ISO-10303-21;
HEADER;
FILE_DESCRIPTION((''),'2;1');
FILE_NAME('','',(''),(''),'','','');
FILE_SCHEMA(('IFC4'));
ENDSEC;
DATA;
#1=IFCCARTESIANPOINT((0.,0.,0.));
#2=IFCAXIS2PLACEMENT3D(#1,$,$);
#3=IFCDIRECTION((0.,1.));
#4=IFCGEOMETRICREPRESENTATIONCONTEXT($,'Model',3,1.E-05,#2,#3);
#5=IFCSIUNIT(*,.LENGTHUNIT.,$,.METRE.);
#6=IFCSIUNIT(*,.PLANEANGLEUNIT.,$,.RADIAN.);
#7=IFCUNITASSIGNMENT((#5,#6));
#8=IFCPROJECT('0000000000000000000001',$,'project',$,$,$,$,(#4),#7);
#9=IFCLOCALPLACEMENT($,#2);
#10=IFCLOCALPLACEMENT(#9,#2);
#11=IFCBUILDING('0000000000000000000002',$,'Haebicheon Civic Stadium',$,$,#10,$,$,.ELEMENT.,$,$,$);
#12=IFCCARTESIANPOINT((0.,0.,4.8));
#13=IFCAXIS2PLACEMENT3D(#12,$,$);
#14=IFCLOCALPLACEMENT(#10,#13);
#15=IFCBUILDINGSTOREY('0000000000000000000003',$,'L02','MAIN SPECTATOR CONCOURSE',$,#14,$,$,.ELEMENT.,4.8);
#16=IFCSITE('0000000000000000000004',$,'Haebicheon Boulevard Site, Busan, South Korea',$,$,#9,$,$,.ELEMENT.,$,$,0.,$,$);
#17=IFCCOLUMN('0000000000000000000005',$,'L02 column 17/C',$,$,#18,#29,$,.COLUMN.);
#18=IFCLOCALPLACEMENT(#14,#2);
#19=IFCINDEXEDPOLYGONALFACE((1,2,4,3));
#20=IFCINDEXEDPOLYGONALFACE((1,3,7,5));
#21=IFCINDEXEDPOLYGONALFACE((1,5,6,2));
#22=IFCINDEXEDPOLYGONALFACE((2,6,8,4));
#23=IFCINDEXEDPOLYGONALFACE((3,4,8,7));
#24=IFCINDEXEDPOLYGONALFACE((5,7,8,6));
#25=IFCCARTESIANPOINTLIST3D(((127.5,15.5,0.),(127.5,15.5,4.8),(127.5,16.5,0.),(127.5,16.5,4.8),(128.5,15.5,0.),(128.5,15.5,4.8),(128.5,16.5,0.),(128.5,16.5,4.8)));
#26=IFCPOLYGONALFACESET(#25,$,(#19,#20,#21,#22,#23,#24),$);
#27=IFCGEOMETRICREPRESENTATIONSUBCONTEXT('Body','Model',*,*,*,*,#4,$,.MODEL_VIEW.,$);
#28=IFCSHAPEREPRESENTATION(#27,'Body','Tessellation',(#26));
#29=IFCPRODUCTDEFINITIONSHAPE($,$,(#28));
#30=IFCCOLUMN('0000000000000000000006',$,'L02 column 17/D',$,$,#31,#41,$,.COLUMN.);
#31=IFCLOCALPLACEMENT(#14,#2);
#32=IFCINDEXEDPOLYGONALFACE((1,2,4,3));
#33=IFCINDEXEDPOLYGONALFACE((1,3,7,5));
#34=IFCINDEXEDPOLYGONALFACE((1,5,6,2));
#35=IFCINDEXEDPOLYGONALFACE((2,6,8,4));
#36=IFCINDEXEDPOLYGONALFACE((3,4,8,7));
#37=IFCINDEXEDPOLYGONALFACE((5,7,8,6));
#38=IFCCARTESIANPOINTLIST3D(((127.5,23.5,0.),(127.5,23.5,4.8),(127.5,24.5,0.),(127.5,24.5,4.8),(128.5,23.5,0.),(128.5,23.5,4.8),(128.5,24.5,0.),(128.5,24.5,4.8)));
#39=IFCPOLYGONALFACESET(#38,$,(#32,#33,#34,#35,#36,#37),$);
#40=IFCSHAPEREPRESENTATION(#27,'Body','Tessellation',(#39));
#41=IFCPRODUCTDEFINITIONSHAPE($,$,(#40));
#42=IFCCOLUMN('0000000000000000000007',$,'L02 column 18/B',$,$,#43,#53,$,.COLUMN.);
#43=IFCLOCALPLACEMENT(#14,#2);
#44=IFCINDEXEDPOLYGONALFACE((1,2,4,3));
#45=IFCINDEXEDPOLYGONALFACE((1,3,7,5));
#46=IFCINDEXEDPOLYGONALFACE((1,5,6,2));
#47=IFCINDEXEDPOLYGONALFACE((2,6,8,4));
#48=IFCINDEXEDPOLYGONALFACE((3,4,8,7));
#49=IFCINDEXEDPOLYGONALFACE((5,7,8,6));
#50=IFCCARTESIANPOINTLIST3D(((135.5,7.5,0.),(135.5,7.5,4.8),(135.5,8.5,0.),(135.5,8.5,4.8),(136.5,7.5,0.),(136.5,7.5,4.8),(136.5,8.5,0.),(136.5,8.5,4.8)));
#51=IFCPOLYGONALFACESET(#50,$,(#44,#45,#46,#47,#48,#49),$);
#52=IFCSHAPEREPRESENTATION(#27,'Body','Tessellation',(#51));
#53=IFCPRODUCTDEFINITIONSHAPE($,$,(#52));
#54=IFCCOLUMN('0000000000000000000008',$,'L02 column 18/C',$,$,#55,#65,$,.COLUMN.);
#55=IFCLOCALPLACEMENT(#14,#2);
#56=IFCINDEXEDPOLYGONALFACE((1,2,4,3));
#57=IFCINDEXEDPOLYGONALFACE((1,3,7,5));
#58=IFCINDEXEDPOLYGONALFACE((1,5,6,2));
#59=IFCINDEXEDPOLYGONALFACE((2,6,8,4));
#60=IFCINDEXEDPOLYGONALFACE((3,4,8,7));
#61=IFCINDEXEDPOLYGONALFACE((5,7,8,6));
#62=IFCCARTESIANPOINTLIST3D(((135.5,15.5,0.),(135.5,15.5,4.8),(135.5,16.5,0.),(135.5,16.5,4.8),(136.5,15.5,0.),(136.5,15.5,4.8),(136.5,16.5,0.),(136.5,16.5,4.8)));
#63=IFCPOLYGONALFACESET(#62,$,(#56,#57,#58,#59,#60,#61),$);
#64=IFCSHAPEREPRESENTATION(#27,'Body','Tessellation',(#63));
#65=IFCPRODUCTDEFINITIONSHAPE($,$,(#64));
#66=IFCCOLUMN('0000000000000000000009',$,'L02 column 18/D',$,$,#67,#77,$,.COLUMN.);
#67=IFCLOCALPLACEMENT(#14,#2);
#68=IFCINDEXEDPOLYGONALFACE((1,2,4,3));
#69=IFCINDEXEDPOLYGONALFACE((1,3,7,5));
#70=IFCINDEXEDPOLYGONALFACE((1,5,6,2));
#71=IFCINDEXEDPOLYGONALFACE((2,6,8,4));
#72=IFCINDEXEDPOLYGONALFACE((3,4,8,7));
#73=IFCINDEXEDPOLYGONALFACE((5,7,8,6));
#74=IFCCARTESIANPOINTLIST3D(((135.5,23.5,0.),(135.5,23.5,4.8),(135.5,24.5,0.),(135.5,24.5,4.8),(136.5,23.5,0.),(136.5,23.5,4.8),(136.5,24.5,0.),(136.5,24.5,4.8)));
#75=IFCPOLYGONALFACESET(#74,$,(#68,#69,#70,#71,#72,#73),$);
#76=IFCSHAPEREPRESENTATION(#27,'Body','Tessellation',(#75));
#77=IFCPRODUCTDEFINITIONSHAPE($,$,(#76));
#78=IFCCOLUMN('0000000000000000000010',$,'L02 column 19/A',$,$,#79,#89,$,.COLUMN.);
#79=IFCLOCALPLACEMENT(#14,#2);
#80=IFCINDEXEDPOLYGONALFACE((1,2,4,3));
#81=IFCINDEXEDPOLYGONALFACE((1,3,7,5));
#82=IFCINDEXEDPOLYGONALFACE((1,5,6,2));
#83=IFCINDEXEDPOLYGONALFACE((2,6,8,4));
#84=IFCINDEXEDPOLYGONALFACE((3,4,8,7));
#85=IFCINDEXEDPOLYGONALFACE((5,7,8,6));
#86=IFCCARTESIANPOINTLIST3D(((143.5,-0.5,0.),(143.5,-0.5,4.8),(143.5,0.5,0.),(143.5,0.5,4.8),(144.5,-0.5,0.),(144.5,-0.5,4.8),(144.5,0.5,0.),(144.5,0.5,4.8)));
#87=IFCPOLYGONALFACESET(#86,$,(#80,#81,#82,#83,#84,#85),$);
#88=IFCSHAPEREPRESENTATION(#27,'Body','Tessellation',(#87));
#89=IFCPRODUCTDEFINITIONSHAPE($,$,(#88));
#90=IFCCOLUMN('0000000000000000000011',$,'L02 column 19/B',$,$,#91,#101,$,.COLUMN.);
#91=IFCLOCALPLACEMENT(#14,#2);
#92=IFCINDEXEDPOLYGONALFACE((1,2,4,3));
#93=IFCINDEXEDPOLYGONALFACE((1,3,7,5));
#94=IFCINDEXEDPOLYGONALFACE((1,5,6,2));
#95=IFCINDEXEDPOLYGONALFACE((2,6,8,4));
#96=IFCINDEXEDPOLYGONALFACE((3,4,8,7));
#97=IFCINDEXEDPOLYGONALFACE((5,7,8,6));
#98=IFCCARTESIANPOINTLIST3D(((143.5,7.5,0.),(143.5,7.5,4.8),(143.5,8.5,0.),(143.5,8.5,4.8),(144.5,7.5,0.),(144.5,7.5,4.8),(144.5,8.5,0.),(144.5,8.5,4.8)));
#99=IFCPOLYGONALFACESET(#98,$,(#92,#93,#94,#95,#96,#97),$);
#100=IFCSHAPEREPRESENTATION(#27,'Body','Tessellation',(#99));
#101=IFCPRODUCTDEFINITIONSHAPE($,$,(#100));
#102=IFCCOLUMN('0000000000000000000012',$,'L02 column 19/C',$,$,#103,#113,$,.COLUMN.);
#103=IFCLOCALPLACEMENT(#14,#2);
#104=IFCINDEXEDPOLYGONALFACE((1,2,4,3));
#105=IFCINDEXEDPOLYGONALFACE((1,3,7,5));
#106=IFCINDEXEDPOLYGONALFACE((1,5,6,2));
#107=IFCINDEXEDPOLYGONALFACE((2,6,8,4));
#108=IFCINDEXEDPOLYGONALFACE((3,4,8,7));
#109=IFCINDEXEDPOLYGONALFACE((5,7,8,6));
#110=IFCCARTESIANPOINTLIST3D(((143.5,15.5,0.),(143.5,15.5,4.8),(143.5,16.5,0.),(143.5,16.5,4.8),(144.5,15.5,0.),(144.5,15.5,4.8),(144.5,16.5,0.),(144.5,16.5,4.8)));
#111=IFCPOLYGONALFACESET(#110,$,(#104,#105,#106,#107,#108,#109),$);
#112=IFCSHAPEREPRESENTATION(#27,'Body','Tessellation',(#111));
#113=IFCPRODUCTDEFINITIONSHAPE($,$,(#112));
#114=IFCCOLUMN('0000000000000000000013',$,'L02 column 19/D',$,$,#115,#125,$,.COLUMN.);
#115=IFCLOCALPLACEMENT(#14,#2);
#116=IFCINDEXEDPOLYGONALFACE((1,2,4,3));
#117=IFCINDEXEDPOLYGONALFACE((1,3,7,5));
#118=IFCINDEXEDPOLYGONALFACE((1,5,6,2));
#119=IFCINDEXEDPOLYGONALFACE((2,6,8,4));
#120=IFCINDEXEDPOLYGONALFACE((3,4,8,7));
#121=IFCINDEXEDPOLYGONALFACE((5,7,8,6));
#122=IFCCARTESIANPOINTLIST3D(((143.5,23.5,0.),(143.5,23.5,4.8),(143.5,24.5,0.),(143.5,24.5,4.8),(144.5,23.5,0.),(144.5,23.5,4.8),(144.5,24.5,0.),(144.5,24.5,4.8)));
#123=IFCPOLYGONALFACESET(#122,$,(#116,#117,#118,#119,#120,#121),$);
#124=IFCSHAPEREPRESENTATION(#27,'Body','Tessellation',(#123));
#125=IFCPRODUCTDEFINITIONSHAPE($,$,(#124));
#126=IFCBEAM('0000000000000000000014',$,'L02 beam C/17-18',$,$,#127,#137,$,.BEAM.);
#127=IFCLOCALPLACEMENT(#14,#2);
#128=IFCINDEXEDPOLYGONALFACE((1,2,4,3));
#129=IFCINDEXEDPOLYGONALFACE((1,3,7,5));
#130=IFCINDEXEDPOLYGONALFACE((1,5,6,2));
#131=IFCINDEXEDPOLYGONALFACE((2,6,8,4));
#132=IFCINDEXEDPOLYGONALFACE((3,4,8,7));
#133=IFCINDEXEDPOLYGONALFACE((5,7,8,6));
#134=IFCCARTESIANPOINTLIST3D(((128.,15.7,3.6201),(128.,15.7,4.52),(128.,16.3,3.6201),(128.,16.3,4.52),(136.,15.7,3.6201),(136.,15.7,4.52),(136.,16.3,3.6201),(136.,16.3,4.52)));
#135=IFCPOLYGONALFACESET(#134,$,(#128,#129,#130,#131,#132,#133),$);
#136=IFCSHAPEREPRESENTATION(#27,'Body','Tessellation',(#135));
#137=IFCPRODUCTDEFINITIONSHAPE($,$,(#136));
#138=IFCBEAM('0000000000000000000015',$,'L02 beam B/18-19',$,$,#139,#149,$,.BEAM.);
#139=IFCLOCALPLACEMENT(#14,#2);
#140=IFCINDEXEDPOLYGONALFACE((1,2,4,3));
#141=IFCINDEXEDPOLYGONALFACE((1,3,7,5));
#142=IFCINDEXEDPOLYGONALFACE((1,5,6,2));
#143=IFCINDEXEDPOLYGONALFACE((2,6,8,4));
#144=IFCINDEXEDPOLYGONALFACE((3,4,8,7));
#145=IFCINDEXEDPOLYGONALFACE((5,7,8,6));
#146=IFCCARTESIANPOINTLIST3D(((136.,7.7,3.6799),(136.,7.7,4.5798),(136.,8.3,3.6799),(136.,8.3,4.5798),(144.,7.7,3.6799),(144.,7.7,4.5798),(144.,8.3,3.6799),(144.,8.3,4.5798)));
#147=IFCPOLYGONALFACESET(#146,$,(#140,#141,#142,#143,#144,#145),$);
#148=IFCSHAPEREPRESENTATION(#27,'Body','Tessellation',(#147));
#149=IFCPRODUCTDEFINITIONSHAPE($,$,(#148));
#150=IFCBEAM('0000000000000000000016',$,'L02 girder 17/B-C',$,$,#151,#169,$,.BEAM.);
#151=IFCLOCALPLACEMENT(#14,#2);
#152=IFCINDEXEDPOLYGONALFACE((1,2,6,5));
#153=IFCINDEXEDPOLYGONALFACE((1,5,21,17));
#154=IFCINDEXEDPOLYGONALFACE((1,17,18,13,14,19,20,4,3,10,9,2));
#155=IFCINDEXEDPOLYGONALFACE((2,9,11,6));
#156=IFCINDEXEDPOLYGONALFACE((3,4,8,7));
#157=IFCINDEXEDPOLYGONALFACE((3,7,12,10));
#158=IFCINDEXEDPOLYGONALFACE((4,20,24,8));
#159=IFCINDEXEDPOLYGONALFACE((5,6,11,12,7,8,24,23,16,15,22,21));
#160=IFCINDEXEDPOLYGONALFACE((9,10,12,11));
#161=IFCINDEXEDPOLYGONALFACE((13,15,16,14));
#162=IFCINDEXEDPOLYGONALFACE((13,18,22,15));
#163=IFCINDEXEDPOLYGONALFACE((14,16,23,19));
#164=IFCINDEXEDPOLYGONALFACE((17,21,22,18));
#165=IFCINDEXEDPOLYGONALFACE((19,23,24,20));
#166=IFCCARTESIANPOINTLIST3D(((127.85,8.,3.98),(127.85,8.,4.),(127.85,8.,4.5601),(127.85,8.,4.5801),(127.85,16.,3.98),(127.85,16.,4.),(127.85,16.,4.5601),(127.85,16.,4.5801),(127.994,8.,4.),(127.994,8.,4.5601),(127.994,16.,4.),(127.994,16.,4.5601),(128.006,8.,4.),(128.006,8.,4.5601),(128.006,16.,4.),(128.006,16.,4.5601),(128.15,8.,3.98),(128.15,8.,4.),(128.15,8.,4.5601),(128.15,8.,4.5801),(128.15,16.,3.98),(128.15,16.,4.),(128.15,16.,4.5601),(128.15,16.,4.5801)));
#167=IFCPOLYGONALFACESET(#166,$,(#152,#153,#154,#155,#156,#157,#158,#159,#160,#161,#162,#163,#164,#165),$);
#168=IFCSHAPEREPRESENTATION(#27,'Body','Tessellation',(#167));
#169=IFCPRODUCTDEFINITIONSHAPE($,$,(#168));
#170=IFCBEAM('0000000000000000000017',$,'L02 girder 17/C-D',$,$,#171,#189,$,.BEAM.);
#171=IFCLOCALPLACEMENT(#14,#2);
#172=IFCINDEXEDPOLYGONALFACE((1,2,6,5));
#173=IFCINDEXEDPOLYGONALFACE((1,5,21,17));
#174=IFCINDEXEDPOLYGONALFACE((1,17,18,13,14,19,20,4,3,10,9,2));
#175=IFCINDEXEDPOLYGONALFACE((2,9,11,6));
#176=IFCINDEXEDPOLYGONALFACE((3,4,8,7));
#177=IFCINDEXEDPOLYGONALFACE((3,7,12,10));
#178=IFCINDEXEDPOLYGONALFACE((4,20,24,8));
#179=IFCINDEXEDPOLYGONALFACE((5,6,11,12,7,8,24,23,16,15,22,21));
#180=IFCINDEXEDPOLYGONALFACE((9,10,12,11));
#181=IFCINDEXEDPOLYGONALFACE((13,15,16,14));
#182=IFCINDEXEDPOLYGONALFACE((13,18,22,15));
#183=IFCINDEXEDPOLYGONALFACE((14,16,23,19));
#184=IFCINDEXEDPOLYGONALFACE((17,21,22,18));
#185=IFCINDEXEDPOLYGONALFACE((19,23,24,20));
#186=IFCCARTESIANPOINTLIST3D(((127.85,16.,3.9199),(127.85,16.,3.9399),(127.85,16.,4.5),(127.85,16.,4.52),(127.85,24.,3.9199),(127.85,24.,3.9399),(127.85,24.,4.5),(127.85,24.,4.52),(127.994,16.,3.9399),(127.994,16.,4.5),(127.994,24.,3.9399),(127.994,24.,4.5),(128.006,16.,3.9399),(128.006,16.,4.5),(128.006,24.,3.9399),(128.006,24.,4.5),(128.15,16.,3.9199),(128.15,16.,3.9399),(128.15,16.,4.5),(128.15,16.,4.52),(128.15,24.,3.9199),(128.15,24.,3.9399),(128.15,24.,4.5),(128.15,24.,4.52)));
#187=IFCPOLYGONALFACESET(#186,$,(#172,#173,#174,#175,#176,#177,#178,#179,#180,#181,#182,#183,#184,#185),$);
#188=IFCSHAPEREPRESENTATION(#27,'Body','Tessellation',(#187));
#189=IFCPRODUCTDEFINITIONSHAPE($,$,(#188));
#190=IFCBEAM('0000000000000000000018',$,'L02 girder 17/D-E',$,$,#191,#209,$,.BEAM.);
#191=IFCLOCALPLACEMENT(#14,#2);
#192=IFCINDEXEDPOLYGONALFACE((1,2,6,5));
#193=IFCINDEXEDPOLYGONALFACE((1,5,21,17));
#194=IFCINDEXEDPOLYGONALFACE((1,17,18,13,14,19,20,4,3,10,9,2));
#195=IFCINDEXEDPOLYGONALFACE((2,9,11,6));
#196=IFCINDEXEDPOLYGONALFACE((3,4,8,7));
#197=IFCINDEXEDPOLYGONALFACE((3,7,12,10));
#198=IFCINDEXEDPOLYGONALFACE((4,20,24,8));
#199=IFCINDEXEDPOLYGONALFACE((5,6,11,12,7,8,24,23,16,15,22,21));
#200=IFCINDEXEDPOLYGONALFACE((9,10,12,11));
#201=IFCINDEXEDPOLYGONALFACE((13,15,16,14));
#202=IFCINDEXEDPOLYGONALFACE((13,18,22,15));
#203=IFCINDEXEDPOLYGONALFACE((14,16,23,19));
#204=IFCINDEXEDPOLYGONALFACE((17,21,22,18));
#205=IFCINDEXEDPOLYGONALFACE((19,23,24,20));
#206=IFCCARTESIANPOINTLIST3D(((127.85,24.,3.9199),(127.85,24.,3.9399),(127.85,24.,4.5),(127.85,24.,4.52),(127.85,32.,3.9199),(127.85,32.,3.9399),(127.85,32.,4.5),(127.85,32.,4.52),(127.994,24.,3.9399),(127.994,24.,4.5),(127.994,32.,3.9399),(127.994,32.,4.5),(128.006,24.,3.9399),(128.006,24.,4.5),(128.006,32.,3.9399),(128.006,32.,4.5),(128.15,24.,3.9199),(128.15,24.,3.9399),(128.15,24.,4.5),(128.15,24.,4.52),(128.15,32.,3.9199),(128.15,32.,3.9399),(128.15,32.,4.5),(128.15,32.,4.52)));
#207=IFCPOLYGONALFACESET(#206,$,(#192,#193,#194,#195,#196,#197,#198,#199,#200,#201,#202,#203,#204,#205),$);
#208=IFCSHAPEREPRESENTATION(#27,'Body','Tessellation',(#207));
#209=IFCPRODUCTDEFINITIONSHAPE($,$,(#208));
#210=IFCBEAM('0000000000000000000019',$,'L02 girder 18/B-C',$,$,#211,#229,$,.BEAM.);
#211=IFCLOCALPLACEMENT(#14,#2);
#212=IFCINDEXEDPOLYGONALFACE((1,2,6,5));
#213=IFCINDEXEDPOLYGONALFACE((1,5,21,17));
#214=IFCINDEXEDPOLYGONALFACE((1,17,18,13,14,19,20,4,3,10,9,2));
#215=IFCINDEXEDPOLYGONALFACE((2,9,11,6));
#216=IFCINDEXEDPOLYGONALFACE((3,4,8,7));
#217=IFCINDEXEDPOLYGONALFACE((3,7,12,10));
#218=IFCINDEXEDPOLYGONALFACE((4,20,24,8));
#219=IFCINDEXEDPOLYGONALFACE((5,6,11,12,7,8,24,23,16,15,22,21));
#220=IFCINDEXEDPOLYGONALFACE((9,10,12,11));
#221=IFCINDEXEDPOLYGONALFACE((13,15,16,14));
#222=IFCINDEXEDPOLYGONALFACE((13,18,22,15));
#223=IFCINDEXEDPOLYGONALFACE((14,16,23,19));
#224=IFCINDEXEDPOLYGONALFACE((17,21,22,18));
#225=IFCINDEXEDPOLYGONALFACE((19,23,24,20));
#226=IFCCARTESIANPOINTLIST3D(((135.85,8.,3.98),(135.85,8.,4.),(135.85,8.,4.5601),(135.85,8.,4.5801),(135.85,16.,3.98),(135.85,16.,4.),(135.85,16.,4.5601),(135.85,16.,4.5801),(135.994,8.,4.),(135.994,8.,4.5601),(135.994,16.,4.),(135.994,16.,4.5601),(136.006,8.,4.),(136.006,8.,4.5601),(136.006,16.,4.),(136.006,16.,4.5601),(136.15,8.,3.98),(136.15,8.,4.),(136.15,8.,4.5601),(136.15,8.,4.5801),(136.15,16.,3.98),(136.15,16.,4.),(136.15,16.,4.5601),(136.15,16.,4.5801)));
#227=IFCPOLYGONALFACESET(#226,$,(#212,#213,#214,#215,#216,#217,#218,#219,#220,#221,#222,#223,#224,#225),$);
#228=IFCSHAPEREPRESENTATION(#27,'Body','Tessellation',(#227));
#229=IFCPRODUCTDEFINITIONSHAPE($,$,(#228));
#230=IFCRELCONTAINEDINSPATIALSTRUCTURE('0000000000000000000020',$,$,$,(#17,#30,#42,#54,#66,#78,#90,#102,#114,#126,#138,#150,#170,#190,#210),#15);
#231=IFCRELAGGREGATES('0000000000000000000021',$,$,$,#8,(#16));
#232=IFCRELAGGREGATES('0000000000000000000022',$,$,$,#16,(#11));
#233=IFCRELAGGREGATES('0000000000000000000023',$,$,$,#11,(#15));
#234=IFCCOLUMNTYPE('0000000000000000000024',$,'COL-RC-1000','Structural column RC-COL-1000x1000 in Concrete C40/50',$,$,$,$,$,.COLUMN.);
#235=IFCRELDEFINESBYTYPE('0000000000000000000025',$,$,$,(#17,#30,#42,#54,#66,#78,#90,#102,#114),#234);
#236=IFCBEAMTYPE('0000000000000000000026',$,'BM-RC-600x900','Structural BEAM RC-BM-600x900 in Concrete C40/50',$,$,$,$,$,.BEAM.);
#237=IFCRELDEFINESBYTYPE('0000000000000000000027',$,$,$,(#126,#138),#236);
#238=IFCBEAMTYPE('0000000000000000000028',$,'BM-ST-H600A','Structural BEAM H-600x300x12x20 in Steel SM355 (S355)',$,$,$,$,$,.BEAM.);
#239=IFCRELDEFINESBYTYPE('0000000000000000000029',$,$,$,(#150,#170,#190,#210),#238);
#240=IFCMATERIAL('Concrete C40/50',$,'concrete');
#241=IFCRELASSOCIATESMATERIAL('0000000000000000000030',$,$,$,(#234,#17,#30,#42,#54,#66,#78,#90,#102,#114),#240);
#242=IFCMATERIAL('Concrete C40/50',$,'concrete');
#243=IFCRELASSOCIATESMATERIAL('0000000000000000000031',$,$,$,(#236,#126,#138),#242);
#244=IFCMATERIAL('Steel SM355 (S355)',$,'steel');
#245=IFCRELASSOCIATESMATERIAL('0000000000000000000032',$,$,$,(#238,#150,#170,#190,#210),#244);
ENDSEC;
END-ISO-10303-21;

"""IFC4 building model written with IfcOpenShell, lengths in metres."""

from ifc_helpers import new_model, si_unit, direction, frame, origin, origin_2d, place, context, subcontext, project, spatial, rectangle, i_section, extrude, material, material_profile, profile_set, type_object, element, save


model = new_model("IFC4")

# Units and contexts
model_context = context("Model", 3, precision=1e-05, world=origin(), true_north=direction((0.0, 1.0)))
body_context = subcontext(model_context, "Body", "Model", "MODEL_VIEW")
ifc_project = project(units=[si_unit("LENGTHUNIT", "METRE"), si_unit("PLANEANGLEUNIT", "RADIAN")], contexts=[model_context])

# Site, building, storey
site_placement = place(None, origin())
site = spatial("IfcSite", under=ifc_project, at=site_placement, Name="Haebicheon Boulevard Site, Busan, South Korea", CompositionType="ELEMENT", RefElevation=0.0)
building_placement = place(site_placement, origin())
building = spatial("IfcBuilding", under=site, at=building_placement, Name="Haebicheon Civic Stadium", CompositionType="ELEMENT")
storey_placement = place(building_placement, frame((0.0, 0.0, 4.8)))
storey = spatial("IfcBuildingStorey", under=building, at=storey_placement, Name="L02", Description="MAIN SPECTATOR CONCOURSE", CompositionType="ELEMENT", Elevation=4.8)

# Columns
ifc_material_1 = material(Name="Concrete C40/50", Category="concrete")
ifc_material_profile_1 = material_profile(ifc_material_1, rectangle(XDim=1.0, YDim=1.0, at=origin_2d()), Name="RC-COL-1000x1000")
ifc_profile_set_1 = profile_set([ifc_material_profile_1], Name="Concrete C40/50")
column_type = type_object("IfcColumnType", Name="COL-RC-1000", Description="Structural column RC-COL-1000x1000 in Concrete C40/50", PredefinedType="COLUMN", material=ifc_profile_set_1)
for number, where, z_axis, x_axis, name in (
    (1, (128.0, 16.0, 0.0), (0.0, 0.0, 1.0), (1.0, 0.0, 0.0), "L02 column 17/C"),
    (2, (128.0, 24.0, 0.0), (0.0, 0.0, 1.0), (1.0, 0.0, 0.0), "L02 column 17/D"),
    (3, (136.0, 8.0, 0.0), (0.0, 0.0, 1.0), (1.0, 0.0, 0.0), "L02 column 18/B"),
    (4, (136.0, 16.0, 0.0), (0.0, 0.0, 1.0), (1.0, 0.0, 0.0), "L02 column 18/C"),
    (5, (136.0, 24.0, 0.0), (0.0, 0.0, 1.0), (1.0, 0.0, 0.0), "L02 column 18/D"),
    (6, (144.0, 0.0, 0.0), (0.0, 0.0, 1.0), (1.0, 0.0, 0.0), "L02 column 19/A"),
    (7, (144.0, 8.0, 0.0), (0.0, 0.0, 1.0), (1.0, 0.0, 0.0), "L02 column 19/B"),
    (8, (144.0, 16.0, 0.0), (0.0, 0.0, 1.0), (1.0, 0.0, 0.0), "L02 column 19/C"),
    (9, (144.0, 24.0, 0.0), (0.0, 0.0, 1.0), (1.0, 0.0, 0.0), "L02 column 19/D"),
):
    element("IfcColumn", number, at=place(storey_placement, frame(where, z_axis=z_axis, x_axis=x_axis)), inside=storey, type_object=column_type, material=ifc_profile_set_1, Name=name, PredefinedType="COLUMN", context=body_context, shape_type="SweptSolid", body=[
        extrude(rectangle(XDim=1.0, YDim=1.0, at=origin_2d()), origin(), (0.0, 0.0, 1.0), 4.8),
    ])

# Beams
ifc_material_2 = material(Name="Concrete C40/50", Category="concrete")
ifc_material_profile_2 = material_profile(ifc_material_2, rectangle(XDim=0.6001, YDim=0.8999, at=origin_2d()), Name="RC-BM-600x900")
ifc_profile_set_2 = profile_set([ifc_material_profile_2], Name="Concrete C40/50")
beam_type_1 = type_object("IfcBeamType", Name="BM-RC-600x900", Description="Structural BEAM RC-BM-600x900 in Concrete C40/50", PredefinedType="BEAM", material=ifc_profile_set_2)
for number, where, z_axis, x_axis, name in (
    (10, (128.0, 16.0, 4.0701), (1.0, 0.0, 0.0), (0.0, 1.0, 0.0), "L02 beam C/17-18"),
    (11, (136.0, 8.0, 4.1299), (1.0, 0.0, 0.0), (0.0, 1.0, 0.0), "L02 beam B/18-19"),
):
    element("IfcBeam", number, at=place(storey_placement, frame(where, z_axis=z_axis, x_axis=x_axis)), inside=storey, type_object=beam_type_1, material=ifc_profile_set_2, Name=name, PredefinedType="BEAM", context=body_context, shape_type="SweptSolid", body=[
        extrude(rectangle(XDim=0.6001, YDim=0.8999, at=origin_2d()), origin(), (0.0, 0.0, 1.0), 8.0),
    ])
ifc_material_3 = material(Name="Steel SM355 (S355)", Category="steel")
ifc_material_profile_3 = material_profile(ifc_material_3, i_section(OverallWidth=0.3, OverallDepth=0.6001, WebThickness=0.012, FlangeThickness=0.02, at=origin_2d()), Name="H-600x300x12x20")
ifc_profile_set_3 = profile_set([ifc_material_profile_3], Name="Steel SM355 (S355)")
beam_type_2 = type_object("IfcBeamType", Name="BM-ST-H600A", Description="Structural BEAM H-600x300x12x20 in Steel SM355 (S355)", PredefinedType="BEAM", material=ifc_profile_set_3)
for number, where, z_axis, x_axis, name in (
    (12, (128.0, 8.0, 4.28), (0.0, 1.0, 0.0), (-1.0, 0.0, 0.0), "L02 girder 17/B-C"),
    (13, (128.0, 16.0, 4.22), (0.0, 1.0, 0.0), (-1.0, 0.0, 0.0), "L02 girder 17/C-D"),
    (14, (128.0, 24.0, 4.22), (0.0, 1.0, 0.0), (-1.0, 0.0, 0.0), "L02 girder 17/D-E"),
    (15, (136.0, 8.0, 4.28), (0.0, 1.0, 0.0), (-1.0, 0.0, 0.0), "L02 girder 18/B-C"),
):
    element("IfcBeam", number, at=place(storey_placement, frame(where, z_axis=z_axis, x_axis=x_axis)), inside=storey, type_object=beam_type_2, material=ifc_profile_set_3, Name=name, PredefinedType="BEAM", context=body_context, shape_type="SweptSolid", body=[
        extrude(i_section(OverallWidth=0.3, OverallDepth=0.6001, WebThickness=0.012, FlangeThickness=0.02, at=origin_2d()), origin(), (0.0, 0.0, 1.0), 8.0),
    ])

save(model, "model.ifc")
